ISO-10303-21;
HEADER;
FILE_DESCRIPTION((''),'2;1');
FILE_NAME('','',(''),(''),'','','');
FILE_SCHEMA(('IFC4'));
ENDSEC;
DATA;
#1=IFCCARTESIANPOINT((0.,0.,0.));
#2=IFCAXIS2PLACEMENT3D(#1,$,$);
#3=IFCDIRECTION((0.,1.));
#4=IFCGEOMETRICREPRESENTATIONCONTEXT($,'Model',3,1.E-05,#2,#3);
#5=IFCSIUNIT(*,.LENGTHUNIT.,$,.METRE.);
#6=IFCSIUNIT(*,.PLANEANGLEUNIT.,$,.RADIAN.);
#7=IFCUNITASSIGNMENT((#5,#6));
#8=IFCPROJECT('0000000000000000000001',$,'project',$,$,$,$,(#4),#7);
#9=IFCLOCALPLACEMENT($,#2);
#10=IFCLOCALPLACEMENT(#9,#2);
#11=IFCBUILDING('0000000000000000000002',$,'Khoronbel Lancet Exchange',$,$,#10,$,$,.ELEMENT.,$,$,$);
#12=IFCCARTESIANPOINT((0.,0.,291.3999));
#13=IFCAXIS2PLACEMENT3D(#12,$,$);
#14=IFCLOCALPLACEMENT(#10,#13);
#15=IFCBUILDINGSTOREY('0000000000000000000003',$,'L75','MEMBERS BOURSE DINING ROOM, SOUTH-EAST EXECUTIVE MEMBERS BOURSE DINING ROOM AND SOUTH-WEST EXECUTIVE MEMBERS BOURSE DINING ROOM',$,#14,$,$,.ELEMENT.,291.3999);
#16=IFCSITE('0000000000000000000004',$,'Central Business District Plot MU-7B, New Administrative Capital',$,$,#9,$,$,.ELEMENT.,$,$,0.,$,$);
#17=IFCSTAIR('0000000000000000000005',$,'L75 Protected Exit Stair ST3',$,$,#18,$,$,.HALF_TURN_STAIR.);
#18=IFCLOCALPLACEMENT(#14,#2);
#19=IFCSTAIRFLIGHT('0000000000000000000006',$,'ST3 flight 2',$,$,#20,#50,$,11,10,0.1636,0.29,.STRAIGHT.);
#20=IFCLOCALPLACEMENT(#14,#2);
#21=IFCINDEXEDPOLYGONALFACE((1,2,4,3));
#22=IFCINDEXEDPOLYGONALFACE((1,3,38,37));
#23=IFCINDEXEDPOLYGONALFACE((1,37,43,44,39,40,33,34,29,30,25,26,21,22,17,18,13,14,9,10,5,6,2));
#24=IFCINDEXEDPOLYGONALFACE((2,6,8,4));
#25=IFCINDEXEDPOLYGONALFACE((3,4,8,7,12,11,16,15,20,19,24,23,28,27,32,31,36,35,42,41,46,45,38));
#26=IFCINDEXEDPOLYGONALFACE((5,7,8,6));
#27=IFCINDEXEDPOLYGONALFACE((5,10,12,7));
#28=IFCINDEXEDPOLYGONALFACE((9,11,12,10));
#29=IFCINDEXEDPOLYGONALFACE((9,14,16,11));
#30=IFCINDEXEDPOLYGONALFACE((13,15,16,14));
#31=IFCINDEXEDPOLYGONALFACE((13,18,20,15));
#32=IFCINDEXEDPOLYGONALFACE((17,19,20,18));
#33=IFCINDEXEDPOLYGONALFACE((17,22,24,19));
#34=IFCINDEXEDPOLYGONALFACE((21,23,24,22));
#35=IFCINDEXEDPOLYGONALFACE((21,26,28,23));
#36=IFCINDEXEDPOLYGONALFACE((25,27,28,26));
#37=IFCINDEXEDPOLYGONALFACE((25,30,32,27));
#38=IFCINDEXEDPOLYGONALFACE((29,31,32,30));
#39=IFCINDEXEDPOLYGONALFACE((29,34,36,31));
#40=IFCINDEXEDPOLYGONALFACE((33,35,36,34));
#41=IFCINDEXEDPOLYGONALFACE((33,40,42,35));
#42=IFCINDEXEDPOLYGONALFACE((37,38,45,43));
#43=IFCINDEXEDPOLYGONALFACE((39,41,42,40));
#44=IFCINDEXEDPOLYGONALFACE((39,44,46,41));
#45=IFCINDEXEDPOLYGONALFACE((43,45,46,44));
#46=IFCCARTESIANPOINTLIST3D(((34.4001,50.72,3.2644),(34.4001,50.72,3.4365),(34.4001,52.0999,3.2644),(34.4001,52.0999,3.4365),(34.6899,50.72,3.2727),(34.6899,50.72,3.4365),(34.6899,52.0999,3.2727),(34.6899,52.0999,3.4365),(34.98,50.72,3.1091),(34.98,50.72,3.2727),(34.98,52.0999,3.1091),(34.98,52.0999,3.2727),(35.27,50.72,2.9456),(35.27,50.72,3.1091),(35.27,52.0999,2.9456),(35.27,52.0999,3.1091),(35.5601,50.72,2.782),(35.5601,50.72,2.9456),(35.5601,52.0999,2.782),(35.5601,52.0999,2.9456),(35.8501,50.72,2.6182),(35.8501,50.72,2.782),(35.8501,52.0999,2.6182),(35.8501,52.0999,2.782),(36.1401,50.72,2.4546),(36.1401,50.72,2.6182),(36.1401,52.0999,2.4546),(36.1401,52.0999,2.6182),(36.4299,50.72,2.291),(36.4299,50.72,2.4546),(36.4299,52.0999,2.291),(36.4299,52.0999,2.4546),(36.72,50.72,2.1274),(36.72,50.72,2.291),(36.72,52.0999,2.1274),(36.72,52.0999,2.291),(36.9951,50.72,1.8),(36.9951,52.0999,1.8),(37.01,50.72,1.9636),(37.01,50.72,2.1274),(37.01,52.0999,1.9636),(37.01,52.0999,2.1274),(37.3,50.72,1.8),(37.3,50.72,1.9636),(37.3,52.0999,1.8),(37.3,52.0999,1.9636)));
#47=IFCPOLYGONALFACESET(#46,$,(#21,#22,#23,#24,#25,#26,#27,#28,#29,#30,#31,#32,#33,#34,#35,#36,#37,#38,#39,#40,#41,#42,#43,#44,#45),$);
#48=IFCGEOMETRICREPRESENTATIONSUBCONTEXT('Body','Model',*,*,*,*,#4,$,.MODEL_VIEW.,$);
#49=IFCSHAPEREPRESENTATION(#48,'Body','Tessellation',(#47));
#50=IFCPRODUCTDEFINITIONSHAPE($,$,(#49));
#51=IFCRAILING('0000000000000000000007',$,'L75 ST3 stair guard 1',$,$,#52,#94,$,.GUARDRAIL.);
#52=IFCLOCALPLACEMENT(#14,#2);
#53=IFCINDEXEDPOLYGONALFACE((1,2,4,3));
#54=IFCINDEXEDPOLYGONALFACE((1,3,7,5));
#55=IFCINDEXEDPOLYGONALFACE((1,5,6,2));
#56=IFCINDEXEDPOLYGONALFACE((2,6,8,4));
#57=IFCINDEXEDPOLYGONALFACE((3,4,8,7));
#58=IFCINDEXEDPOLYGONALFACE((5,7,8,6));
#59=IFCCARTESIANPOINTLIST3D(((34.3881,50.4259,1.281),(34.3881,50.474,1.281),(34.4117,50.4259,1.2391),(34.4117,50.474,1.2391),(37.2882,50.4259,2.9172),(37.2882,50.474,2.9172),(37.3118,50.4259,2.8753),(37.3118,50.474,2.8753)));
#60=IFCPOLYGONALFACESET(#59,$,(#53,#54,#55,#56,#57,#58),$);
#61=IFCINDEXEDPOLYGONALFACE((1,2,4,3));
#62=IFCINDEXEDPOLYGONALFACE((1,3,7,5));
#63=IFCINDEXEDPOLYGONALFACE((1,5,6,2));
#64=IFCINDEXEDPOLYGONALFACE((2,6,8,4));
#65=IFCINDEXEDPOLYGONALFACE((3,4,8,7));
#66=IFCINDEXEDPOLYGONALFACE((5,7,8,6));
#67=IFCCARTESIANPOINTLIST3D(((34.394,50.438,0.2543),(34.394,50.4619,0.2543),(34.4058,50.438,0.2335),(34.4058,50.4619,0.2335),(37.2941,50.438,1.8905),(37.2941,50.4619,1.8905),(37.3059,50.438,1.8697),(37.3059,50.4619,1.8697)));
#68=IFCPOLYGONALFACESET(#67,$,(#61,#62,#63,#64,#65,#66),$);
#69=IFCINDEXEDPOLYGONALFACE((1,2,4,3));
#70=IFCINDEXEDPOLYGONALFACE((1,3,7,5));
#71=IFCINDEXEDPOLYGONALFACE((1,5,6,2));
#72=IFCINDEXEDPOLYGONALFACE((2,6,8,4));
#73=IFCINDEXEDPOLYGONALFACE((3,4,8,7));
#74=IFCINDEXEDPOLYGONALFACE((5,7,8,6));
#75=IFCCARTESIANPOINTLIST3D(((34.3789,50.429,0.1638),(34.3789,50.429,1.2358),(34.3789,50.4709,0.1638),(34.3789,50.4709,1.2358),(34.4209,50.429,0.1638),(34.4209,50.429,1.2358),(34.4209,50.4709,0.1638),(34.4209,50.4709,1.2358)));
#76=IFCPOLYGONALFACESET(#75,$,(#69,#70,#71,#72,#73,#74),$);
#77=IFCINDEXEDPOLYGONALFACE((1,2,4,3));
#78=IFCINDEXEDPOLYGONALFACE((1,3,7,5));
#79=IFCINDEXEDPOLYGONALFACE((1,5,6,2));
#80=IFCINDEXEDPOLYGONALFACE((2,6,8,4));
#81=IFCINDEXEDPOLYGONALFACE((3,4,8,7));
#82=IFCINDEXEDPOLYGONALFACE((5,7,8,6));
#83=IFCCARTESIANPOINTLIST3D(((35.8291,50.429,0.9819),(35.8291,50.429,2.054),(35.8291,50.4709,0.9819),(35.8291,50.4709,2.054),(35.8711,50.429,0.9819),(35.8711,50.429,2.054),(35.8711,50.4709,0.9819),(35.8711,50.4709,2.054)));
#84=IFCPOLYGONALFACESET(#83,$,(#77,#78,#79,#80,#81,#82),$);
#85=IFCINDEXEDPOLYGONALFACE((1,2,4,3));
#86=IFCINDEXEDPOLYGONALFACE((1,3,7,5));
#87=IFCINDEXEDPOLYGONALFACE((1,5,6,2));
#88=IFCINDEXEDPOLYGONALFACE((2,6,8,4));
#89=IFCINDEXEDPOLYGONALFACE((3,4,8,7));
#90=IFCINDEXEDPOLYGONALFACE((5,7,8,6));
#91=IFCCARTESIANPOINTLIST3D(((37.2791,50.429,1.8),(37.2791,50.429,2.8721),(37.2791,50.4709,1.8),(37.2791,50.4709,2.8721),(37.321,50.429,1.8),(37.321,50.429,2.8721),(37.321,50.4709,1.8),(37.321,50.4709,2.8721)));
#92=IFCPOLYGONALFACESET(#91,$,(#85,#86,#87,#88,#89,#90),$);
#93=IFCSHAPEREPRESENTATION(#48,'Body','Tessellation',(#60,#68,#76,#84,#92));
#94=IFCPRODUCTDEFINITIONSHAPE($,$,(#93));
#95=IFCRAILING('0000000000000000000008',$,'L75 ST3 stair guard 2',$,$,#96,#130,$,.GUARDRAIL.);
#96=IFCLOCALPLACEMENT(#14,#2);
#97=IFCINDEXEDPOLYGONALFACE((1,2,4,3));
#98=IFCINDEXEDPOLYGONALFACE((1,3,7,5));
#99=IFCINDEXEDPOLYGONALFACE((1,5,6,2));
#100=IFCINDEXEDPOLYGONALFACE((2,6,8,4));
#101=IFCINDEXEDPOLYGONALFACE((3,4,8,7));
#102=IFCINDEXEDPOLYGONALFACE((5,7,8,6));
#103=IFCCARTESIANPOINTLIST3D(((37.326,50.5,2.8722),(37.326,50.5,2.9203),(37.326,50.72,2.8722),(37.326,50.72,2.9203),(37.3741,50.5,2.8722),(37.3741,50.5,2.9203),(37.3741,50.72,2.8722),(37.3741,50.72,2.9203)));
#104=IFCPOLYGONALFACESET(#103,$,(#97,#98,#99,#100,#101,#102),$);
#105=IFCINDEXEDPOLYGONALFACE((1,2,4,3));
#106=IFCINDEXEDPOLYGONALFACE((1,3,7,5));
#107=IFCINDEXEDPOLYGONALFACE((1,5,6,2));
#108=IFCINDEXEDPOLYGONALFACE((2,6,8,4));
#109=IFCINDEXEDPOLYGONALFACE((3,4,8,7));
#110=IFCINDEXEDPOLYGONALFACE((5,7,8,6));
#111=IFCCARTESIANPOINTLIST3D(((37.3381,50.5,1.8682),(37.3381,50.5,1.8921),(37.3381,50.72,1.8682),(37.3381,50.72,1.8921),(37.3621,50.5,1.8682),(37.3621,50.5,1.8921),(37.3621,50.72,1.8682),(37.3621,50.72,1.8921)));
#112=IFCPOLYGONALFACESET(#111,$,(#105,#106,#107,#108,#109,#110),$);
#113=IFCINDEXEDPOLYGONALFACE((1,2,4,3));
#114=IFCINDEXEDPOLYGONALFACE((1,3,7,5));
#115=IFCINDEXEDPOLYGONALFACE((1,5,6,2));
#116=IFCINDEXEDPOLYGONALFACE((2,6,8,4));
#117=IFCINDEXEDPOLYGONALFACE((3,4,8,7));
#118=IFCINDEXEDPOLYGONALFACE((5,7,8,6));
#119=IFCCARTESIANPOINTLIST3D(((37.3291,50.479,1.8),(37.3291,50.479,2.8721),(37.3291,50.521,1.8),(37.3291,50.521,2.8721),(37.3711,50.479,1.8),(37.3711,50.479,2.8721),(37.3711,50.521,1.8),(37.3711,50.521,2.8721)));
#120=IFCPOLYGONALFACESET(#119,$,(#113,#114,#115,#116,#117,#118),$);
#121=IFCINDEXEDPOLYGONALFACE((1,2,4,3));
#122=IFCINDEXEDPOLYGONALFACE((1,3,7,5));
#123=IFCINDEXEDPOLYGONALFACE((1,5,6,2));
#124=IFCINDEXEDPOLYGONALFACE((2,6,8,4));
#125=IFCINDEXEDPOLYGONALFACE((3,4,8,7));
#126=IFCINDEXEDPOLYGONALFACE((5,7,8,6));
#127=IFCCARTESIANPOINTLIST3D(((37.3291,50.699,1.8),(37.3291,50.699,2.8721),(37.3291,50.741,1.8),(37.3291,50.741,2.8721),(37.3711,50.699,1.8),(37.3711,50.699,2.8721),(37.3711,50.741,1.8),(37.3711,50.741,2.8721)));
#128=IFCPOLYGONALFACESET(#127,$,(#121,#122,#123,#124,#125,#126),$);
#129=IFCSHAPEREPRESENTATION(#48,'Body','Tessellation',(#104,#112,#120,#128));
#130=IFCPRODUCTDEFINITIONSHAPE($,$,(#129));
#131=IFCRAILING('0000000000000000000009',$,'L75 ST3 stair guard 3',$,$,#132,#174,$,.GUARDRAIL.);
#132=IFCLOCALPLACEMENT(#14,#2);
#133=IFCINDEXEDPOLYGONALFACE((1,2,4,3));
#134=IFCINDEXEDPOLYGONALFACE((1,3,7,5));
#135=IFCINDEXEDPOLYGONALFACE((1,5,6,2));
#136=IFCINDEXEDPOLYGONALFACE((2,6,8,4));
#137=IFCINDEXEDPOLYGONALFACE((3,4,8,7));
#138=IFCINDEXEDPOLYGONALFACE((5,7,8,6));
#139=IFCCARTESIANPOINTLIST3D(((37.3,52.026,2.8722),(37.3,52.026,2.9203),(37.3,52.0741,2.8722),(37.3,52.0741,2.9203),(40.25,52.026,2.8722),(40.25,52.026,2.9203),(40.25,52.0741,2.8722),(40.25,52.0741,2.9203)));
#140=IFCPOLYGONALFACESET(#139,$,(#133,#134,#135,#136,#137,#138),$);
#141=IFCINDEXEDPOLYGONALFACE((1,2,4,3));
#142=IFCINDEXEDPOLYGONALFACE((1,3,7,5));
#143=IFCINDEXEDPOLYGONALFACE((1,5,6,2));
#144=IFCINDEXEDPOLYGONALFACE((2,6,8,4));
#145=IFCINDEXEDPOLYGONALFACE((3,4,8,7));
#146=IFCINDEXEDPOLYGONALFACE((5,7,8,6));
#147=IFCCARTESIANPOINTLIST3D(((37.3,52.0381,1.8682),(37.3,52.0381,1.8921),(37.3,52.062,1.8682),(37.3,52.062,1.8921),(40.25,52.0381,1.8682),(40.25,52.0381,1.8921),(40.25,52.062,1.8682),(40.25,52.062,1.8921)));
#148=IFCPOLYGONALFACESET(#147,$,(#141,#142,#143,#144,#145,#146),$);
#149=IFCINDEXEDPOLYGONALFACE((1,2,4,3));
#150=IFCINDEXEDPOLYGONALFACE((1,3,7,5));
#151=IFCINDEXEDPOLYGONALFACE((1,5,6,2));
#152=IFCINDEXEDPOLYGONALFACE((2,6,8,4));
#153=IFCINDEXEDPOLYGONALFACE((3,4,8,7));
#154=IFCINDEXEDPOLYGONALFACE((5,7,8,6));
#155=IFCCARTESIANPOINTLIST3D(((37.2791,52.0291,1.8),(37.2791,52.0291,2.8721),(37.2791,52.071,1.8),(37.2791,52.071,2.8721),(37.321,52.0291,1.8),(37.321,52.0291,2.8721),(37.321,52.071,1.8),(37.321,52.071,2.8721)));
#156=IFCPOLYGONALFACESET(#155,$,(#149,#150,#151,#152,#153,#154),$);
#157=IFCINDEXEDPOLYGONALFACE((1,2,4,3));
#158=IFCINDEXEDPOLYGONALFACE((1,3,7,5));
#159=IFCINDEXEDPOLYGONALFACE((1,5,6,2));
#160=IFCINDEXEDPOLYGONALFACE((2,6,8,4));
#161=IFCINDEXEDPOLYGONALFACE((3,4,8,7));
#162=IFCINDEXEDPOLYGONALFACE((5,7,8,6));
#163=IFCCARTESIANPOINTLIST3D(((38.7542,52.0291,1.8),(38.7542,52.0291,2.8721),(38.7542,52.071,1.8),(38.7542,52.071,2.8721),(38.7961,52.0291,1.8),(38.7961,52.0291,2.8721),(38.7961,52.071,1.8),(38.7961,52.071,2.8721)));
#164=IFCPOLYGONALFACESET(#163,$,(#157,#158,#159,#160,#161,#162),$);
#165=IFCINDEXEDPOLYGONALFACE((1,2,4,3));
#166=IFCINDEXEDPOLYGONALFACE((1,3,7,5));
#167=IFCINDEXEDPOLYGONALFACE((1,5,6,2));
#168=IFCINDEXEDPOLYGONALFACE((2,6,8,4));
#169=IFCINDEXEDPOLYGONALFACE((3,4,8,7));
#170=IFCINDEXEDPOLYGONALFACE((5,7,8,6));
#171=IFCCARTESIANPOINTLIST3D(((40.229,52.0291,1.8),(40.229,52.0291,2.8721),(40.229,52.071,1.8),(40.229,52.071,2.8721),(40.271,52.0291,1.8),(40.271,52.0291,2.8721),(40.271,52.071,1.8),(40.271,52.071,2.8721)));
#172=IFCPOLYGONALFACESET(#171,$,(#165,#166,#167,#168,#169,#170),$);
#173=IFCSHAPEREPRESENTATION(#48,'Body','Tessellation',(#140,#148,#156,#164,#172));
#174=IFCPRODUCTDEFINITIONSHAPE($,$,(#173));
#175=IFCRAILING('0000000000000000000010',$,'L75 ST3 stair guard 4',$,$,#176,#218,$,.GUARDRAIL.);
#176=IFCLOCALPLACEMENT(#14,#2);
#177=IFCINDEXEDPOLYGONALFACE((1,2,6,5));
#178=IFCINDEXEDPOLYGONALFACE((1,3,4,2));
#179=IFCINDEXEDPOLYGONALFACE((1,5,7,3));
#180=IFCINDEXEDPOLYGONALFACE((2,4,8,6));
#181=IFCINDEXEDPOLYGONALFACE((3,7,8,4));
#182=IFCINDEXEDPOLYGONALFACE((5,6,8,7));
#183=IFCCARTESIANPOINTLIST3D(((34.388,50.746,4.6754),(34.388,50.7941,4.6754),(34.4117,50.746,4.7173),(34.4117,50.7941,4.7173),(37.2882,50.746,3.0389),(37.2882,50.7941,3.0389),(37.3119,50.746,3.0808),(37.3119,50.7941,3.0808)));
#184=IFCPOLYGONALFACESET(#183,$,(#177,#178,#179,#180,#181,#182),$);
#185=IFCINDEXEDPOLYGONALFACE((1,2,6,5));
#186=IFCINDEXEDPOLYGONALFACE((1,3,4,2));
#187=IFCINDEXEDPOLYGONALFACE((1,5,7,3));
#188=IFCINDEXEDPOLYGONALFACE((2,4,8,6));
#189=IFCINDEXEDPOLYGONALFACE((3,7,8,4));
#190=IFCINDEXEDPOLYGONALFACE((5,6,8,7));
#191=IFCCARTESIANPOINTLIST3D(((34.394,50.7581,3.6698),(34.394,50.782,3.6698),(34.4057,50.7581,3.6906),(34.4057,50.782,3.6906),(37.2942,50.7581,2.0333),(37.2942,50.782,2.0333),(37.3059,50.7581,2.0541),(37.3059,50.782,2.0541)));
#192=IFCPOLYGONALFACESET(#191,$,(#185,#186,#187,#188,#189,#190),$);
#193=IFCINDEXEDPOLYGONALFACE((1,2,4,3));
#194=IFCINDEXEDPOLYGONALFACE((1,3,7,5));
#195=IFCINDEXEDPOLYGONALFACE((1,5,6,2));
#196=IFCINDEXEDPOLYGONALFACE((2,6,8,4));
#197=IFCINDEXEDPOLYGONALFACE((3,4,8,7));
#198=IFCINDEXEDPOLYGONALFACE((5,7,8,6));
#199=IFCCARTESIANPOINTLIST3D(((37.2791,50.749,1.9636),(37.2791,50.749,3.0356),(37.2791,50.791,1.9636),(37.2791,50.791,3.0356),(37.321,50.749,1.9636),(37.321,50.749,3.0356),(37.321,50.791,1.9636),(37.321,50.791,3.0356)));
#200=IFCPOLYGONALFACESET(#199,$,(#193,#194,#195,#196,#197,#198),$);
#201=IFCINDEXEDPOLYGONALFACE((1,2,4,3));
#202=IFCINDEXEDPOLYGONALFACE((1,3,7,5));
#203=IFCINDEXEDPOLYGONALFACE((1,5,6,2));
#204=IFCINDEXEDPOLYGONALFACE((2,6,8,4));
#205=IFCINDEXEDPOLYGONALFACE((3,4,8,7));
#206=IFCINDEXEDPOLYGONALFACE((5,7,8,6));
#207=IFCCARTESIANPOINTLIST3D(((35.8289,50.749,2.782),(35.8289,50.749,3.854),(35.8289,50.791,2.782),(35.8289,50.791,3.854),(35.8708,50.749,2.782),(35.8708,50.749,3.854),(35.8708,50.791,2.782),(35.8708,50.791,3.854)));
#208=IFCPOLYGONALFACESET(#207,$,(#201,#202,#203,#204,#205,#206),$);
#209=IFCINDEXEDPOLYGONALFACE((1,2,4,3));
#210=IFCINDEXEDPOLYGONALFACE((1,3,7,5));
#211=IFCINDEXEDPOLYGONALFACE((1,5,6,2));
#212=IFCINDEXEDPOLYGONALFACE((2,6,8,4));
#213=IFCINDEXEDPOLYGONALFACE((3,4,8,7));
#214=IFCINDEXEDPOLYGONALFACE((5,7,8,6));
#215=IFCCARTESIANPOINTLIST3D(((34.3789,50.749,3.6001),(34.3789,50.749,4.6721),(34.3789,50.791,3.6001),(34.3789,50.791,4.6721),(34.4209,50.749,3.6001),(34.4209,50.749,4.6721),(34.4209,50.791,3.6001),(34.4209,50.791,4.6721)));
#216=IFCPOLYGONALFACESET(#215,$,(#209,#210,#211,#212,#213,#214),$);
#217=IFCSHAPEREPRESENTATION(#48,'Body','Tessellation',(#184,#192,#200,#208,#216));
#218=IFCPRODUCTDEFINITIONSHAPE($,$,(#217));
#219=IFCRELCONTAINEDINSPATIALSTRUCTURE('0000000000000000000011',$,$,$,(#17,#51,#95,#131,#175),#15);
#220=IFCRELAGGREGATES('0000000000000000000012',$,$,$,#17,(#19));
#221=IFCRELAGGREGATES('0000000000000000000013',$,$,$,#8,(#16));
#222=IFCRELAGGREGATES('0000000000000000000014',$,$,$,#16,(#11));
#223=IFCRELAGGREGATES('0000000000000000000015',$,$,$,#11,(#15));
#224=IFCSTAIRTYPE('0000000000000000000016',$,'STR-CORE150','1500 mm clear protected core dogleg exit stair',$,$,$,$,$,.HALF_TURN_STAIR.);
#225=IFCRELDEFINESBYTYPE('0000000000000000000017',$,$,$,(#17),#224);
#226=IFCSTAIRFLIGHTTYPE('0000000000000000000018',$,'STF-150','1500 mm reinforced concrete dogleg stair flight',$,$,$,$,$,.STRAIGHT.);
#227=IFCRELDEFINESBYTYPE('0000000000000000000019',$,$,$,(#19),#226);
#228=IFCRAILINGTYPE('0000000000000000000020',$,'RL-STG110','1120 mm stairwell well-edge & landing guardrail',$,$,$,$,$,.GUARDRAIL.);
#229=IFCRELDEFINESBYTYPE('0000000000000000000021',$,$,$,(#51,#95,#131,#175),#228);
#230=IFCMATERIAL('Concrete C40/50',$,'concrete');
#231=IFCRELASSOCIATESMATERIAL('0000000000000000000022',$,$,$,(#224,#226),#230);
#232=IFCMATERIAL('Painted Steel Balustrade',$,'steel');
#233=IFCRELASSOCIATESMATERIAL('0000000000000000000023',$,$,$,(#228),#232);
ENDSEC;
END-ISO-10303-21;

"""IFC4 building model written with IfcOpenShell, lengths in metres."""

from ifc_helpers import new_model, si_unit, direction, frame, origin, origin_2d, place, context, subcontext, project, spatial, polyline, rectangle, outline, extrude, material, type_object, element, aggregate, save


model = new_model("IFC4")

# Units and contexts
model_context = context("Model", 3, precision=1e-05, world=origin(), true_north=direction((0.0, 1.0)))
body_context = subcontext(model_context, "Body", "Model", "MODEL_VIEW")
ifc_project = project(units=[si_unit("LENGTHUNIT", "METRE"), si_unit("PLANEANGLEUNIT", "RADIAN")], contexts=[model_context])

# Site, building, storey
site_placement = place(None, origin())
site = spatial("IfcSite", under=ifc_project, at=site_placement, Name="Central Business District Plot MU-7B, New Administrative Capital", CompositionType="ELEMENT", RefElevation=0.0)
building_placement = place(site_placement, origin())
building = spatial("IfcBuilding", under=site, at=building_placement, Name="Khoronbel Lancet Exchange", CompositionType="ELEMENT")
storey_placement = place(building_placement, frame((0.0, 0.0, 291.3999)))
storey = spatial("IfcBuildingStorey", under=building, at=storey_placement, Name="L75", Description="MEMBERS BOURSE DINING ROOM, SOUTH-EAST EXECUTIVE MEMBERS BOURSE DINING ROOM AND SOUTH-WEST EXECUTIVE MEMBERS BOURSE DINING ROOM", CompositionType="ELEMENT", Elevation=291.3999)

# Stair, stair flight
ifc_material_1 = material(Name="Concrete C40/50", Category="concrete")
stair_type = type_object("IfcStairType", Name="STR-CORE150", Description="1500 mm clear protected core dogleg exit stair", PredefinedType="HALF_TURN_STAIR", material=ifc_material_1)
stair_placement = place(storey_placement, origin())
stair = element("IfcStair", 1, at=stair_placement, inside=storey, type_object=stair_type, Name="L75 Protected Exit Stair ST3", PredefinedType="HALF_TURN_STAIR")
stair_flight_type = type_object("IfcStairFlightType", Name="STF-150", Description="1500 mm reinforced concrete dogleg stair flight", PredefinedType="STRAIGHT", material=ifc_material_1)
stair_flight_1_placement = place(storey_placement, frame((37.3, 51.4099, 1.8), z_axis=(0.0, 0.0, 1.0), x_axis=(-1.0, 0.0, 0.0)))
stair_flight_1 = element("IfcStairFlight", 2, at=stair_flight_1_placement, type_object=stair_flight_type, Name="ST3 flight 2", NumberOfRisers=11, NumberOfTreads=10, PredefinedType="STRAIGHT", RiserHeight=0.1636, TreadLength=0.29, context=body_context, shape_type="SweptSolid", body=[
    extrude(outline(polyline([(0.0, 0.0), (0.0, 0.1636), (0.29, 0.1636), (0.29, 0.3274), (0.5801, 0.3274), (0.5801, 0.491), (0.8701, 0.491), (0.8701, 0.6545), (1.1599, 0.6545), (1.1599, 0.8181), (1.45, 0.8181), (1.45, 0.9819), (1.74, 0.9819), (1.74, 1.1455), (2.03, 1.1455), (2.03, 1.3091), (2.3201, 1.3091), (2.3201, 1.4727), (2.6101, 1.4727), (2.6101, 1.6365), (2.8999, 1.6365), (2.8999, 1.8), (2.8999, 1.4644), (0.3049, 0.0), (0.0, 0.0)])), frame((0.0, 0.6899, 0.0), z_axis=(0.0, -1.0, 0.0), x_axis=(1.0, 0.0, 0.0)), (0.0, 0.0, 1.0), 1.3799),
])
aggregate(stair, [stair_flight_1])

# Railings
ifc_material_2 = material(Name="Painted Steel Balustrade", Category="steel")
railing_type_1 = type_object("IfcRailingType", Name="RL-STG110", Description="1120 mm stairwell well-edge & landing guardrail", PredefinedType="GUARDRAIL", material=ifc_material_2)
railing_1_placement = place(storey_placement, frame((34.3999, 50.45, 0.1638)))
element("IfcRailing", 3, at=railing_1_placement, inside=storey, type_object=railing_type_1, Name="L75 ST3 stair guard 1", PredefinedType="GUARDRAIL", context=body_context, shape_type="SweptSolid", body=[
    extrude(rectangle(XDim=0.0481, YDim=0.0481, at=origin_2d()), frame((0.0, 0.0, 1.0962), z_axis=(0.870946, 0.0, 0.491378), x_axis=(0.0, 1.0, 0.0)), (0.0, 0.0, 1.0), 3.3298),
    extrude(rectangle(XDim=0.0239, YDim=0.0239, at=origin_2d()), frame((0.0, 0.0, 0.0801), z_axis=(0.870946, 0.0, 0.491378), x_axis=(0.0, 1.0, 0.0)), (0.0, 0.0, 1.0), 3.3298),
    extrude(rectangle(XDim=0.042, YDim=0.042, at=origin_2d()), origin(), (0.0, 0.0, 1.0), 1.072),
    extrude(rectangle(XDim=0.042, YDim=0.042, at=origin_2d()), frame((1.4502, 0.0, 0.8181)), (0.0, 0.0, 1.0), 1.072),
    extrude(rectangle(XDim=0.042, YDim=0.042, at=origin_2d()), frame((2.9001, 0.0, 1.6362)), (0.0, 0.0, 1.0), 1.072),
])
railing_2_placement = place(storey_placement, frame((37.3501, 50.5, 1.8)))
element("IfcRailing", 4, at=railing_2_placement, inside=storey, type_object=railing_type_1, Name="L75 ST3 stair guard 2", PredefinedType="GUARDRAIL", context=body_context, shape_type="SweptSolid", body=[
    extrude(rectangle(XDim=0.0481, YDim=0.0481, at=origin_2d()), frame((0.0, 0.0, 1.0962), z_axis=(0.0, 1.0, 0.0), x_axis=(-1.0, 0.0, 0.0)), (0.0, 0.0, 1.0), 0.22),
    extrude(rectangle(XDim=0.0239, YDim=0.0239, at=origin_2d()), frame((0.0, 0.0, 0.0801), z_axis=(0.0, 1.0, 0.0), x_axis=(-1.0, 0.0, 0.0)), (0.0, 0.0, 1.0), 0.22),
    extrude(rectangle(XDim=0.042, YDim=0.042, at=origin_2d()), origin(), (0.0, 0.0, 1.0), 1.072),
    extrude(rectangle(XDim=0.042, YDim=0.042, at=origin_2d()), frame((0.0, 0.22, 0.0)), (0.0, 0.0, 1.0), 1.072),
])
railing_3_placement = place(storey_placement, frame((37.3, 52.05, 1.8)))
element("IfcRailing", 5, at=railing_3_placement, inside=storey, type_object=railing_type_1, Name="L75 ST3 stair guard 3", PredefinedType="GUARDRAIL", context=body_context, shape_type="SweptSolid", body=[
    extrude(rectangle(XDim=0.0481, YDim=0.0481, at=origin_2d()), frame((0.0, 0.0, 1.0962), z_axis=(1.0, 0.0, 0.0), x_axis=(0.0, 1.0, 0.0)), (0.0, 0.0, 1.0), 2.95),
    extrude(rectangle(XDim=0.0239, YDim=0.0239, at=origin_2d()), frame((0.0, 0.0, 0.0801), z_axis=(1.0, 0.0, 0.0), x_axis=(0.0, 1.0, 0.0)), (0.0, 0.0, 1.0), 2.95),
    extrude(rectangle(XDim=0.042, YDim=0.042, at=origin_2d()), origin(), (0.0, 0.0, 1.0), 1.072),
    extrude(rectangle(XDim=0.042, YDim=0.042, at=origin_2d()), frame((1.4751, 0.0, 0.0)), (0.0, 0.0, 1.0), 1.072),
    extrude(rectangle(XDim=0.042, YDim=0.042, at=origin_2d()), frame((2.95, 0.0, 0.0)), (0.0, 0.0, 1.0), 1.072),
])
railing_4_placement = place(storey_placement, frame((37.3, 50.77, 1.9636)))
element("IfcRailing", 6, at=railing_4_placement, inside=storey, type_object=railing_type_1, Name="L75 ST3 stair guard 4", PredefinedType="GUARDRAIL", context=body_context, shape_type="SweptSolid", body=[
    extrude(rectangle(XDim=0.0481, YDim=0.0481, at=origin_2d()), frame((0.0, 0.0, 1.0962), z_axis=(-0.870915, 0.0, 0.491434), x_axis=(0.0, -1.0, 0.0)), (0.0, 0.0, 1.0), 3.3301),
    extrude(rectangle(XDim=0.0239, YDim=0.0239, at=origin_2d()), frame((0.0, 0.0, 0.0801), z_axis=(-0.870915, 0.0, 0.491434), x_axis=(0.0, -1.0, 0.0)), (0.0, 0.0, 1.0), 3.3301),
    extrude(rectangle(XDim=0.042, YDim=0.042, at=origin_2d()), origin(), (0.0, 0.0, 1.0), 1.072),
    extrude(rectangle(XDim=0.042, YDim=0.042, at=origin_2d()), frame((-1.4502, 0.0, 0.8184)), (0.0, 0.0, 1.0), 1.072),
    extrude(rectangle(XDim=0.042, YDim=0.042, at=origin_2d()), frame((-2.9001, 0.0, 1.6365)), (0.0, 0.0, 1.0), 1.072),
])

save(model, "model.ifc")
